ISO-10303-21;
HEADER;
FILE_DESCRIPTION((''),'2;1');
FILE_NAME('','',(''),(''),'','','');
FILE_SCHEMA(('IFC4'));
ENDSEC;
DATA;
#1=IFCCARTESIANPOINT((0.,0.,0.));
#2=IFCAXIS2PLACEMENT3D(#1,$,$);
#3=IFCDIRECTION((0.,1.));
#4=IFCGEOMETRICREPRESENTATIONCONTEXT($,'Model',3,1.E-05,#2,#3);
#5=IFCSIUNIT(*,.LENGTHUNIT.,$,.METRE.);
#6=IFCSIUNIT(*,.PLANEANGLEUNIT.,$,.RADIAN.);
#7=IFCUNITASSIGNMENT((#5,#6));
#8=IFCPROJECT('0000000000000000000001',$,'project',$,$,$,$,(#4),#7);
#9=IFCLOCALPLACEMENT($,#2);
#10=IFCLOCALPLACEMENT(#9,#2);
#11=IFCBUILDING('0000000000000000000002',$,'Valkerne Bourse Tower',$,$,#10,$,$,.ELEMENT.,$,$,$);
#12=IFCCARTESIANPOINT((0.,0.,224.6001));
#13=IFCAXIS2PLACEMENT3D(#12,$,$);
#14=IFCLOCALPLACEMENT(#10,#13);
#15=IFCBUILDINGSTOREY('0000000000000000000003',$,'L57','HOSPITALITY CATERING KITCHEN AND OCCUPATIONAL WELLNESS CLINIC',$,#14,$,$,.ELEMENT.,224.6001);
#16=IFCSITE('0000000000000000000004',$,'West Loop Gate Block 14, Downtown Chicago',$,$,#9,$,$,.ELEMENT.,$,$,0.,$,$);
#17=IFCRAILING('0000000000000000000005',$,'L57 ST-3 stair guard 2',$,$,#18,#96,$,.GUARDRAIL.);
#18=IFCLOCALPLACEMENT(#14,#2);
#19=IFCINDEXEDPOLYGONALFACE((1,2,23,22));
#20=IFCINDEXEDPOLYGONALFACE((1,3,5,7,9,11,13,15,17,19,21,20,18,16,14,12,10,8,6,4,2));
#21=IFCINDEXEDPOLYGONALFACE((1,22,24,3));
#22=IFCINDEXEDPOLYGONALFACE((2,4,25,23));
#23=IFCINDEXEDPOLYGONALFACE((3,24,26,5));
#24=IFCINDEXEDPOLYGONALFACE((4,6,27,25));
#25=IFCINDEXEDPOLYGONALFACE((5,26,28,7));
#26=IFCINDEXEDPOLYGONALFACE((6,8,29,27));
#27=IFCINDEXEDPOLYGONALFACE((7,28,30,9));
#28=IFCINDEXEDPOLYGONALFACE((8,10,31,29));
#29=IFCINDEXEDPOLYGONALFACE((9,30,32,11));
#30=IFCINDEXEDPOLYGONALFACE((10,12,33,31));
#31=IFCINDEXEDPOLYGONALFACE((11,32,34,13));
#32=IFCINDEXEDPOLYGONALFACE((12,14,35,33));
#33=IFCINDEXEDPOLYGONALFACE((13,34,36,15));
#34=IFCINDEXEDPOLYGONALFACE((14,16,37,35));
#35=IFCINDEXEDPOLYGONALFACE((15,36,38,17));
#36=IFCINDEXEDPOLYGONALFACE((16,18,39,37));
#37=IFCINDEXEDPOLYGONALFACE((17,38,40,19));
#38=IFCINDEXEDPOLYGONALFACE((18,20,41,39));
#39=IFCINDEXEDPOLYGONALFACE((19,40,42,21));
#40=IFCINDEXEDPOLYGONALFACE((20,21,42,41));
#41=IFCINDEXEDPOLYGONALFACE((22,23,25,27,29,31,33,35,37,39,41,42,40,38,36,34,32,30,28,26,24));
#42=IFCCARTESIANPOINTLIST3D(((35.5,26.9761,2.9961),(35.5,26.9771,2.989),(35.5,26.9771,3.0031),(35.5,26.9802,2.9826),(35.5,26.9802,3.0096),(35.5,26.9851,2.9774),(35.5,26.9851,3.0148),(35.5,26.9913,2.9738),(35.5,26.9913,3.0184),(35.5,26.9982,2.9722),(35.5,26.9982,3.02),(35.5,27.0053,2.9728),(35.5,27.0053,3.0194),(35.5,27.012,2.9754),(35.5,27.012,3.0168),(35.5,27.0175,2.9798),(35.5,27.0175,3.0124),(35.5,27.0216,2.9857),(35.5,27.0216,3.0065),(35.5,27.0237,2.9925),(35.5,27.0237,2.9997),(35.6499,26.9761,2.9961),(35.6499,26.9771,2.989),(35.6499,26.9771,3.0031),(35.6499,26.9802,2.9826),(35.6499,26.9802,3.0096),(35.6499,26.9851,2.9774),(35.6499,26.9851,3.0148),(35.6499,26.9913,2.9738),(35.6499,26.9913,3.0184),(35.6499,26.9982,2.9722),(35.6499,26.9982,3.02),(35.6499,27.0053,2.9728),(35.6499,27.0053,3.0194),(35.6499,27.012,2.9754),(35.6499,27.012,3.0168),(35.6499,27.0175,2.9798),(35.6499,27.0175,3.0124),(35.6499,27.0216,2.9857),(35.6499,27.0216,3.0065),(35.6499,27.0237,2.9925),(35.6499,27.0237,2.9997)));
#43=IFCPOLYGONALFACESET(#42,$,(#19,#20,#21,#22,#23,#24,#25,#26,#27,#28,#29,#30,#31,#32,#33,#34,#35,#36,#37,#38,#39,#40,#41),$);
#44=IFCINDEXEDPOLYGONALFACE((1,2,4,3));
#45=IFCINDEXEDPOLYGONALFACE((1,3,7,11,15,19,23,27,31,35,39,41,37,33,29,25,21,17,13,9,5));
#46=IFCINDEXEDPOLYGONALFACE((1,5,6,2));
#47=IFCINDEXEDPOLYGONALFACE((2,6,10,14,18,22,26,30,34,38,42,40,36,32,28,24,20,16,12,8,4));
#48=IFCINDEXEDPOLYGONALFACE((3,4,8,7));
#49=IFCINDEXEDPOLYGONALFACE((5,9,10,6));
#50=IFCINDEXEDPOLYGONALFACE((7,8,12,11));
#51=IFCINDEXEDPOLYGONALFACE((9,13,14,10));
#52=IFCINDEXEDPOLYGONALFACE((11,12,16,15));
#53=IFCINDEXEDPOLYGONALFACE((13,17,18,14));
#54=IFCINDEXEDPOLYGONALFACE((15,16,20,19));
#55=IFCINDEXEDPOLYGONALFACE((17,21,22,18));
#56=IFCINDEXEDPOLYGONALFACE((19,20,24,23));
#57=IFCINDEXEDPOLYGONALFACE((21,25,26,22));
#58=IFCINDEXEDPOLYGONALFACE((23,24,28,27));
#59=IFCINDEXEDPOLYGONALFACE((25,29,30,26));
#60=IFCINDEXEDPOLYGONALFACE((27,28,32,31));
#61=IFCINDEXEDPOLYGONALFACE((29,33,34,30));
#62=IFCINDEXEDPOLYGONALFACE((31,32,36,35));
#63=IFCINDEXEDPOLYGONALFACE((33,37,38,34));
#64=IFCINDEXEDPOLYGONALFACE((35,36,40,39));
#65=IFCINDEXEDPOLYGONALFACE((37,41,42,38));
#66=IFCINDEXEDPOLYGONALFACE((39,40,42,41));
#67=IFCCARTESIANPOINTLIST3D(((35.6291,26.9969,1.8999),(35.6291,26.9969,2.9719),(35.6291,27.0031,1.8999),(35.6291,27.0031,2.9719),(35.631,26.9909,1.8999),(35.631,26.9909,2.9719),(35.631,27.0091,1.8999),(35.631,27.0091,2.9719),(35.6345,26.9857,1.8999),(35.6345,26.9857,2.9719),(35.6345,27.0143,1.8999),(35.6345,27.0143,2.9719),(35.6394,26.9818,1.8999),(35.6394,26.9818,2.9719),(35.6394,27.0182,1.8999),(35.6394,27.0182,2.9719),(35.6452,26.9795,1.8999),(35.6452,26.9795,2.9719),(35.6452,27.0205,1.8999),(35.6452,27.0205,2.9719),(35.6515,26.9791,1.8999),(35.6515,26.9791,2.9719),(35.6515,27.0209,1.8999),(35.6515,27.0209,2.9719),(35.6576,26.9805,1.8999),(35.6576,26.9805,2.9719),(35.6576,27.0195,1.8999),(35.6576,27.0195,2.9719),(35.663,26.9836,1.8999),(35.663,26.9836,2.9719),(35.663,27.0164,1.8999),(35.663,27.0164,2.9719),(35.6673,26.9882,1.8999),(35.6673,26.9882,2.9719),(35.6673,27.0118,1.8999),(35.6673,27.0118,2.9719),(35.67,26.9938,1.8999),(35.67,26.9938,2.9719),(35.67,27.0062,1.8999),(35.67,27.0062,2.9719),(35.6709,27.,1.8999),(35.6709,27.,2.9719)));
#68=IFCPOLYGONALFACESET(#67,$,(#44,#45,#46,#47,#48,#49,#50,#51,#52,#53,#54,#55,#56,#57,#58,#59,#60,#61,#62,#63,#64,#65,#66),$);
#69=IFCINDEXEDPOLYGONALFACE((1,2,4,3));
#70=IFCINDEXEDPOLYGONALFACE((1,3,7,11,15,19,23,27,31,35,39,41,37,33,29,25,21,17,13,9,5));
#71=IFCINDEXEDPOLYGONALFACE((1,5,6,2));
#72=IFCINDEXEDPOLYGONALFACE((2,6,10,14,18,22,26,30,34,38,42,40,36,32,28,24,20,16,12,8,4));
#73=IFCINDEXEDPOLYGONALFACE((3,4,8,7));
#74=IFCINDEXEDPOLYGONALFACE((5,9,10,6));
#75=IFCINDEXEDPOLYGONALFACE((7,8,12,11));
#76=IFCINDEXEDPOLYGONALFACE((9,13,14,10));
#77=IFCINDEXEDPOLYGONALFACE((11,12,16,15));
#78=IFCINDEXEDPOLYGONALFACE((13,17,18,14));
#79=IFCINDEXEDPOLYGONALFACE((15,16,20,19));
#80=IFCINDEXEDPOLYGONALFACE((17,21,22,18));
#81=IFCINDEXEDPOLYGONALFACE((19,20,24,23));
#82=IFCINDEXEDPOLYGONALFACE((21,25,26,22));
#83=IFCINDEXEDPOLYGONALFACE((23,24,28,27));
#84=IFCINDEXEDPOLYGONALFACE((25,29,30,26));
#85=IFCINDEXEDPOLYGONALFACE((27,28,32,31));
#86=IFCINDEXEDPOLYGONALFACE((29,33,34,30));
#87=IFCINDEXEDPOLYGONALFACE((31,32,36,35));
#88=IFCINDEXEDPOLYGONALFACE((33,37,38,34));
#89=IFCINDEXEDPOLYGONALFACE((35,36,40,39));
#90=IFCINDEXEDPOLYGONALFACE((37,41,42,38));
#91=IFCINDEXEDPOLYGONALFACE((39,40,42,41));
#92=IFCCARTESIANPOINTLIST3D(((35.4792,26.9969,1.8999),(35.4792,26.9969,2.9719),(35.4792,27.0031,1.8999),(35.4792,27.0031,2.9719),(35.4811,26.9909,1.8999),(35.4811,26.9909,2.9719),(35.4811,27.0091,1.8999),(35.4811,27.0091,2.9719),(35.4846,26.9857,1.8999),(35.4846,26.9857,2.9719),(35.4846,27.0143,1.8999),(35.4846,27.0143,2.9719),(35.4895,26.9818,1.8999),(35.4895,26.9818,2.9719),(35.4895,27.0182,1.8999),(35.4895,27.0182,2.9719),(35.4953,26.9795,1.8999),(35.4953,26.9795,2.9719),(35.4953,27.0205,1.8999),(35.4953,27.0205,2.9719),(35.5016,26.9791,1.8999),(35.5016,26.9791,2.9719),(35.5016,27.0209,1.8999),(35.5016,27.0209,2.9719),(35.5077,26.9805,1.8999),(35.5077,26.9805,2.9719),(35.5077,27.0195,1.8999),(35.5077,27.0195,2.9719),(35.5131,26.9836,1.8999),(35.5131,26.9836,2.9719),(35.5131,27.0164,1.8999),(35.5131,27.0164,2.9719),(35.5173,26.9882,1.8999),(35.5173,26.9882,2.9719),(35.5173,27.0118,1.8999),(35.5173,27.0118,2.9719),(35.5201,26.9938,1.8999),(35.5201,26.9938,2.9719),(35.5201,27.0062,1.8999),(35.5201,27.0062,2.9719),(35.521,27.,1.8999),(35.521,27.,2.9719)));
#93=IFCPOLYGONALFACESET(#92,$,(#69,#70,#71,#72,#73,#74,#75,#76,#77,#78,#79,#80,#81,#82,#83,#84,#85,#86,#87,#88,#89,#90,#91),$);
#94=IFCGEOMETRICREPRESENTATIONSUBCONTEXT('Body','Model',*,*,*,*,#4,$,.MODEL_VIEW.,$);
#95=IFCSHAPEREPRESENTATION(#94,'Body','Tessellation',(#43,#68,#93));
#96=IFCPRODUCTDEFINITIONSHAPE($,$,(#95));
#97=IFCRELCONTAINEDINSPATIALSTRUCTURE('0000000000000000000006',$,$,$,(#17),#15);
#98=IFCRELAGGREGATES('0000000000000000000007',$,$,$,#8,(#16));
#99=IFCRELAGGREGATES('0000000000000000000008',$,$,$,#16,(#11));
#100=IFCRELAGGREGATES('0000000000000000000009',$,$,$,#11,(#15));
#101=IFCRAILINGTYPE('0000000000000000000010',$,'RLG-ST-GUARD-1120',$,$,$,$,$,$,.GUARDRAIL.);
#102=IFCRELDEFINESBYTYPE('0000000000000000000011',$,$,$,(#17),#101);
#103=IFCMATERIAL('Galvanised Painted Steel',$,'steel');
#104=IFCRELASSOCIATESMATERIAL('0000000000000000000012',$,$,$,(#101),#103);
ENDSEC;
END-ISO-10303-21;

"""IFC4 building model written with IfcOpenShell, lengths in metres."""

from ifc_helpers import new_model, si_unit, direction, frame, origin, origin_2d, place, context, subcontext, project, spatial, circle, extrude, material, type_object, element, save


model = new_model("IFC4")

# Units and contexts
model_context = context("Model", 3, precision=1e-05, world=origin(), true_north=direction((0.0, 1.0)))
body_context = subcontext(model_context, "Body", "Model", "MODEL_VIEW")
ifc_project = project(units=[si_unit("LENGTHUNIT", "METRE"), si_unit("PLANEANGLEUNIT", "RADIAN")], contexts=[model_context])

# Site, building, storey
site_placement = place(None, origin())
site = spatial("IfcSite", under=ifc_project, at=site_placement, Name="West Loop Gate Block 14, Downtown Chicago", CompositionType="ELEMENT", RefElevation=0.0)
building_placement = place(site_placement, origin())
building = spatial("IfcBuilding", under=site, at=building_placement, Name="Valkerne Bourse Tower", CompositionType="ELEMENT")
storey_placement = place(building_placement, frame((0.0, 0.0, 224.6001)))
storey = spatial("IfcBuildingStorey", under=building, at=storey_placement, Name="L57", Description="HOSPITALITY CATERING KITCHEN AND OCCUPATIONAL WELLNESS CLINIC", CompositionType="ELEMENT", Elevation=224.6001)

# Railing
ifc_material_1 = material(Name="Galvanised Painted Steel", Category="steel")
railing_type_1 = type_object("IfcRailingType", Name="RLG-ST-GUARD-1120", PredefinedType="GUARDRAIL", material=ifc_material_1)
railing_1_placement = place(storey_placement, frame((35.6499, 27.0, 1.8999)))
element("IfcRailing", 1, at=railing_1_placement, inside=storey, type_object=railing_type_1, Name="L57 ST-3 stair guard 2", PredefinedType="GUARDRAIL", context=body_context, shape_type="SweptSolid", body=[
    extrude(circle(Radius=0.0239, at=origin_2d()), frame((0.0, 0.0, 1.0962), z_axis=(-1.0, 0.0, 0.0), x_axis=(0.0, -1.0, 0.0)), (0.0, 0.0, 1.0), 0.1499),
    extrude(circle(Radius=0.021, at=origin_2d()), origin(), (0.0, 0.0, 1.0), 1.072),
    extrude(circle(Radius=0.021, at=origin_2d()), frame((-0.1499, 0.0, 0.0)), (0.0, 0.0, 1.0), 1.072),
])

save(model, "model.ifc")
